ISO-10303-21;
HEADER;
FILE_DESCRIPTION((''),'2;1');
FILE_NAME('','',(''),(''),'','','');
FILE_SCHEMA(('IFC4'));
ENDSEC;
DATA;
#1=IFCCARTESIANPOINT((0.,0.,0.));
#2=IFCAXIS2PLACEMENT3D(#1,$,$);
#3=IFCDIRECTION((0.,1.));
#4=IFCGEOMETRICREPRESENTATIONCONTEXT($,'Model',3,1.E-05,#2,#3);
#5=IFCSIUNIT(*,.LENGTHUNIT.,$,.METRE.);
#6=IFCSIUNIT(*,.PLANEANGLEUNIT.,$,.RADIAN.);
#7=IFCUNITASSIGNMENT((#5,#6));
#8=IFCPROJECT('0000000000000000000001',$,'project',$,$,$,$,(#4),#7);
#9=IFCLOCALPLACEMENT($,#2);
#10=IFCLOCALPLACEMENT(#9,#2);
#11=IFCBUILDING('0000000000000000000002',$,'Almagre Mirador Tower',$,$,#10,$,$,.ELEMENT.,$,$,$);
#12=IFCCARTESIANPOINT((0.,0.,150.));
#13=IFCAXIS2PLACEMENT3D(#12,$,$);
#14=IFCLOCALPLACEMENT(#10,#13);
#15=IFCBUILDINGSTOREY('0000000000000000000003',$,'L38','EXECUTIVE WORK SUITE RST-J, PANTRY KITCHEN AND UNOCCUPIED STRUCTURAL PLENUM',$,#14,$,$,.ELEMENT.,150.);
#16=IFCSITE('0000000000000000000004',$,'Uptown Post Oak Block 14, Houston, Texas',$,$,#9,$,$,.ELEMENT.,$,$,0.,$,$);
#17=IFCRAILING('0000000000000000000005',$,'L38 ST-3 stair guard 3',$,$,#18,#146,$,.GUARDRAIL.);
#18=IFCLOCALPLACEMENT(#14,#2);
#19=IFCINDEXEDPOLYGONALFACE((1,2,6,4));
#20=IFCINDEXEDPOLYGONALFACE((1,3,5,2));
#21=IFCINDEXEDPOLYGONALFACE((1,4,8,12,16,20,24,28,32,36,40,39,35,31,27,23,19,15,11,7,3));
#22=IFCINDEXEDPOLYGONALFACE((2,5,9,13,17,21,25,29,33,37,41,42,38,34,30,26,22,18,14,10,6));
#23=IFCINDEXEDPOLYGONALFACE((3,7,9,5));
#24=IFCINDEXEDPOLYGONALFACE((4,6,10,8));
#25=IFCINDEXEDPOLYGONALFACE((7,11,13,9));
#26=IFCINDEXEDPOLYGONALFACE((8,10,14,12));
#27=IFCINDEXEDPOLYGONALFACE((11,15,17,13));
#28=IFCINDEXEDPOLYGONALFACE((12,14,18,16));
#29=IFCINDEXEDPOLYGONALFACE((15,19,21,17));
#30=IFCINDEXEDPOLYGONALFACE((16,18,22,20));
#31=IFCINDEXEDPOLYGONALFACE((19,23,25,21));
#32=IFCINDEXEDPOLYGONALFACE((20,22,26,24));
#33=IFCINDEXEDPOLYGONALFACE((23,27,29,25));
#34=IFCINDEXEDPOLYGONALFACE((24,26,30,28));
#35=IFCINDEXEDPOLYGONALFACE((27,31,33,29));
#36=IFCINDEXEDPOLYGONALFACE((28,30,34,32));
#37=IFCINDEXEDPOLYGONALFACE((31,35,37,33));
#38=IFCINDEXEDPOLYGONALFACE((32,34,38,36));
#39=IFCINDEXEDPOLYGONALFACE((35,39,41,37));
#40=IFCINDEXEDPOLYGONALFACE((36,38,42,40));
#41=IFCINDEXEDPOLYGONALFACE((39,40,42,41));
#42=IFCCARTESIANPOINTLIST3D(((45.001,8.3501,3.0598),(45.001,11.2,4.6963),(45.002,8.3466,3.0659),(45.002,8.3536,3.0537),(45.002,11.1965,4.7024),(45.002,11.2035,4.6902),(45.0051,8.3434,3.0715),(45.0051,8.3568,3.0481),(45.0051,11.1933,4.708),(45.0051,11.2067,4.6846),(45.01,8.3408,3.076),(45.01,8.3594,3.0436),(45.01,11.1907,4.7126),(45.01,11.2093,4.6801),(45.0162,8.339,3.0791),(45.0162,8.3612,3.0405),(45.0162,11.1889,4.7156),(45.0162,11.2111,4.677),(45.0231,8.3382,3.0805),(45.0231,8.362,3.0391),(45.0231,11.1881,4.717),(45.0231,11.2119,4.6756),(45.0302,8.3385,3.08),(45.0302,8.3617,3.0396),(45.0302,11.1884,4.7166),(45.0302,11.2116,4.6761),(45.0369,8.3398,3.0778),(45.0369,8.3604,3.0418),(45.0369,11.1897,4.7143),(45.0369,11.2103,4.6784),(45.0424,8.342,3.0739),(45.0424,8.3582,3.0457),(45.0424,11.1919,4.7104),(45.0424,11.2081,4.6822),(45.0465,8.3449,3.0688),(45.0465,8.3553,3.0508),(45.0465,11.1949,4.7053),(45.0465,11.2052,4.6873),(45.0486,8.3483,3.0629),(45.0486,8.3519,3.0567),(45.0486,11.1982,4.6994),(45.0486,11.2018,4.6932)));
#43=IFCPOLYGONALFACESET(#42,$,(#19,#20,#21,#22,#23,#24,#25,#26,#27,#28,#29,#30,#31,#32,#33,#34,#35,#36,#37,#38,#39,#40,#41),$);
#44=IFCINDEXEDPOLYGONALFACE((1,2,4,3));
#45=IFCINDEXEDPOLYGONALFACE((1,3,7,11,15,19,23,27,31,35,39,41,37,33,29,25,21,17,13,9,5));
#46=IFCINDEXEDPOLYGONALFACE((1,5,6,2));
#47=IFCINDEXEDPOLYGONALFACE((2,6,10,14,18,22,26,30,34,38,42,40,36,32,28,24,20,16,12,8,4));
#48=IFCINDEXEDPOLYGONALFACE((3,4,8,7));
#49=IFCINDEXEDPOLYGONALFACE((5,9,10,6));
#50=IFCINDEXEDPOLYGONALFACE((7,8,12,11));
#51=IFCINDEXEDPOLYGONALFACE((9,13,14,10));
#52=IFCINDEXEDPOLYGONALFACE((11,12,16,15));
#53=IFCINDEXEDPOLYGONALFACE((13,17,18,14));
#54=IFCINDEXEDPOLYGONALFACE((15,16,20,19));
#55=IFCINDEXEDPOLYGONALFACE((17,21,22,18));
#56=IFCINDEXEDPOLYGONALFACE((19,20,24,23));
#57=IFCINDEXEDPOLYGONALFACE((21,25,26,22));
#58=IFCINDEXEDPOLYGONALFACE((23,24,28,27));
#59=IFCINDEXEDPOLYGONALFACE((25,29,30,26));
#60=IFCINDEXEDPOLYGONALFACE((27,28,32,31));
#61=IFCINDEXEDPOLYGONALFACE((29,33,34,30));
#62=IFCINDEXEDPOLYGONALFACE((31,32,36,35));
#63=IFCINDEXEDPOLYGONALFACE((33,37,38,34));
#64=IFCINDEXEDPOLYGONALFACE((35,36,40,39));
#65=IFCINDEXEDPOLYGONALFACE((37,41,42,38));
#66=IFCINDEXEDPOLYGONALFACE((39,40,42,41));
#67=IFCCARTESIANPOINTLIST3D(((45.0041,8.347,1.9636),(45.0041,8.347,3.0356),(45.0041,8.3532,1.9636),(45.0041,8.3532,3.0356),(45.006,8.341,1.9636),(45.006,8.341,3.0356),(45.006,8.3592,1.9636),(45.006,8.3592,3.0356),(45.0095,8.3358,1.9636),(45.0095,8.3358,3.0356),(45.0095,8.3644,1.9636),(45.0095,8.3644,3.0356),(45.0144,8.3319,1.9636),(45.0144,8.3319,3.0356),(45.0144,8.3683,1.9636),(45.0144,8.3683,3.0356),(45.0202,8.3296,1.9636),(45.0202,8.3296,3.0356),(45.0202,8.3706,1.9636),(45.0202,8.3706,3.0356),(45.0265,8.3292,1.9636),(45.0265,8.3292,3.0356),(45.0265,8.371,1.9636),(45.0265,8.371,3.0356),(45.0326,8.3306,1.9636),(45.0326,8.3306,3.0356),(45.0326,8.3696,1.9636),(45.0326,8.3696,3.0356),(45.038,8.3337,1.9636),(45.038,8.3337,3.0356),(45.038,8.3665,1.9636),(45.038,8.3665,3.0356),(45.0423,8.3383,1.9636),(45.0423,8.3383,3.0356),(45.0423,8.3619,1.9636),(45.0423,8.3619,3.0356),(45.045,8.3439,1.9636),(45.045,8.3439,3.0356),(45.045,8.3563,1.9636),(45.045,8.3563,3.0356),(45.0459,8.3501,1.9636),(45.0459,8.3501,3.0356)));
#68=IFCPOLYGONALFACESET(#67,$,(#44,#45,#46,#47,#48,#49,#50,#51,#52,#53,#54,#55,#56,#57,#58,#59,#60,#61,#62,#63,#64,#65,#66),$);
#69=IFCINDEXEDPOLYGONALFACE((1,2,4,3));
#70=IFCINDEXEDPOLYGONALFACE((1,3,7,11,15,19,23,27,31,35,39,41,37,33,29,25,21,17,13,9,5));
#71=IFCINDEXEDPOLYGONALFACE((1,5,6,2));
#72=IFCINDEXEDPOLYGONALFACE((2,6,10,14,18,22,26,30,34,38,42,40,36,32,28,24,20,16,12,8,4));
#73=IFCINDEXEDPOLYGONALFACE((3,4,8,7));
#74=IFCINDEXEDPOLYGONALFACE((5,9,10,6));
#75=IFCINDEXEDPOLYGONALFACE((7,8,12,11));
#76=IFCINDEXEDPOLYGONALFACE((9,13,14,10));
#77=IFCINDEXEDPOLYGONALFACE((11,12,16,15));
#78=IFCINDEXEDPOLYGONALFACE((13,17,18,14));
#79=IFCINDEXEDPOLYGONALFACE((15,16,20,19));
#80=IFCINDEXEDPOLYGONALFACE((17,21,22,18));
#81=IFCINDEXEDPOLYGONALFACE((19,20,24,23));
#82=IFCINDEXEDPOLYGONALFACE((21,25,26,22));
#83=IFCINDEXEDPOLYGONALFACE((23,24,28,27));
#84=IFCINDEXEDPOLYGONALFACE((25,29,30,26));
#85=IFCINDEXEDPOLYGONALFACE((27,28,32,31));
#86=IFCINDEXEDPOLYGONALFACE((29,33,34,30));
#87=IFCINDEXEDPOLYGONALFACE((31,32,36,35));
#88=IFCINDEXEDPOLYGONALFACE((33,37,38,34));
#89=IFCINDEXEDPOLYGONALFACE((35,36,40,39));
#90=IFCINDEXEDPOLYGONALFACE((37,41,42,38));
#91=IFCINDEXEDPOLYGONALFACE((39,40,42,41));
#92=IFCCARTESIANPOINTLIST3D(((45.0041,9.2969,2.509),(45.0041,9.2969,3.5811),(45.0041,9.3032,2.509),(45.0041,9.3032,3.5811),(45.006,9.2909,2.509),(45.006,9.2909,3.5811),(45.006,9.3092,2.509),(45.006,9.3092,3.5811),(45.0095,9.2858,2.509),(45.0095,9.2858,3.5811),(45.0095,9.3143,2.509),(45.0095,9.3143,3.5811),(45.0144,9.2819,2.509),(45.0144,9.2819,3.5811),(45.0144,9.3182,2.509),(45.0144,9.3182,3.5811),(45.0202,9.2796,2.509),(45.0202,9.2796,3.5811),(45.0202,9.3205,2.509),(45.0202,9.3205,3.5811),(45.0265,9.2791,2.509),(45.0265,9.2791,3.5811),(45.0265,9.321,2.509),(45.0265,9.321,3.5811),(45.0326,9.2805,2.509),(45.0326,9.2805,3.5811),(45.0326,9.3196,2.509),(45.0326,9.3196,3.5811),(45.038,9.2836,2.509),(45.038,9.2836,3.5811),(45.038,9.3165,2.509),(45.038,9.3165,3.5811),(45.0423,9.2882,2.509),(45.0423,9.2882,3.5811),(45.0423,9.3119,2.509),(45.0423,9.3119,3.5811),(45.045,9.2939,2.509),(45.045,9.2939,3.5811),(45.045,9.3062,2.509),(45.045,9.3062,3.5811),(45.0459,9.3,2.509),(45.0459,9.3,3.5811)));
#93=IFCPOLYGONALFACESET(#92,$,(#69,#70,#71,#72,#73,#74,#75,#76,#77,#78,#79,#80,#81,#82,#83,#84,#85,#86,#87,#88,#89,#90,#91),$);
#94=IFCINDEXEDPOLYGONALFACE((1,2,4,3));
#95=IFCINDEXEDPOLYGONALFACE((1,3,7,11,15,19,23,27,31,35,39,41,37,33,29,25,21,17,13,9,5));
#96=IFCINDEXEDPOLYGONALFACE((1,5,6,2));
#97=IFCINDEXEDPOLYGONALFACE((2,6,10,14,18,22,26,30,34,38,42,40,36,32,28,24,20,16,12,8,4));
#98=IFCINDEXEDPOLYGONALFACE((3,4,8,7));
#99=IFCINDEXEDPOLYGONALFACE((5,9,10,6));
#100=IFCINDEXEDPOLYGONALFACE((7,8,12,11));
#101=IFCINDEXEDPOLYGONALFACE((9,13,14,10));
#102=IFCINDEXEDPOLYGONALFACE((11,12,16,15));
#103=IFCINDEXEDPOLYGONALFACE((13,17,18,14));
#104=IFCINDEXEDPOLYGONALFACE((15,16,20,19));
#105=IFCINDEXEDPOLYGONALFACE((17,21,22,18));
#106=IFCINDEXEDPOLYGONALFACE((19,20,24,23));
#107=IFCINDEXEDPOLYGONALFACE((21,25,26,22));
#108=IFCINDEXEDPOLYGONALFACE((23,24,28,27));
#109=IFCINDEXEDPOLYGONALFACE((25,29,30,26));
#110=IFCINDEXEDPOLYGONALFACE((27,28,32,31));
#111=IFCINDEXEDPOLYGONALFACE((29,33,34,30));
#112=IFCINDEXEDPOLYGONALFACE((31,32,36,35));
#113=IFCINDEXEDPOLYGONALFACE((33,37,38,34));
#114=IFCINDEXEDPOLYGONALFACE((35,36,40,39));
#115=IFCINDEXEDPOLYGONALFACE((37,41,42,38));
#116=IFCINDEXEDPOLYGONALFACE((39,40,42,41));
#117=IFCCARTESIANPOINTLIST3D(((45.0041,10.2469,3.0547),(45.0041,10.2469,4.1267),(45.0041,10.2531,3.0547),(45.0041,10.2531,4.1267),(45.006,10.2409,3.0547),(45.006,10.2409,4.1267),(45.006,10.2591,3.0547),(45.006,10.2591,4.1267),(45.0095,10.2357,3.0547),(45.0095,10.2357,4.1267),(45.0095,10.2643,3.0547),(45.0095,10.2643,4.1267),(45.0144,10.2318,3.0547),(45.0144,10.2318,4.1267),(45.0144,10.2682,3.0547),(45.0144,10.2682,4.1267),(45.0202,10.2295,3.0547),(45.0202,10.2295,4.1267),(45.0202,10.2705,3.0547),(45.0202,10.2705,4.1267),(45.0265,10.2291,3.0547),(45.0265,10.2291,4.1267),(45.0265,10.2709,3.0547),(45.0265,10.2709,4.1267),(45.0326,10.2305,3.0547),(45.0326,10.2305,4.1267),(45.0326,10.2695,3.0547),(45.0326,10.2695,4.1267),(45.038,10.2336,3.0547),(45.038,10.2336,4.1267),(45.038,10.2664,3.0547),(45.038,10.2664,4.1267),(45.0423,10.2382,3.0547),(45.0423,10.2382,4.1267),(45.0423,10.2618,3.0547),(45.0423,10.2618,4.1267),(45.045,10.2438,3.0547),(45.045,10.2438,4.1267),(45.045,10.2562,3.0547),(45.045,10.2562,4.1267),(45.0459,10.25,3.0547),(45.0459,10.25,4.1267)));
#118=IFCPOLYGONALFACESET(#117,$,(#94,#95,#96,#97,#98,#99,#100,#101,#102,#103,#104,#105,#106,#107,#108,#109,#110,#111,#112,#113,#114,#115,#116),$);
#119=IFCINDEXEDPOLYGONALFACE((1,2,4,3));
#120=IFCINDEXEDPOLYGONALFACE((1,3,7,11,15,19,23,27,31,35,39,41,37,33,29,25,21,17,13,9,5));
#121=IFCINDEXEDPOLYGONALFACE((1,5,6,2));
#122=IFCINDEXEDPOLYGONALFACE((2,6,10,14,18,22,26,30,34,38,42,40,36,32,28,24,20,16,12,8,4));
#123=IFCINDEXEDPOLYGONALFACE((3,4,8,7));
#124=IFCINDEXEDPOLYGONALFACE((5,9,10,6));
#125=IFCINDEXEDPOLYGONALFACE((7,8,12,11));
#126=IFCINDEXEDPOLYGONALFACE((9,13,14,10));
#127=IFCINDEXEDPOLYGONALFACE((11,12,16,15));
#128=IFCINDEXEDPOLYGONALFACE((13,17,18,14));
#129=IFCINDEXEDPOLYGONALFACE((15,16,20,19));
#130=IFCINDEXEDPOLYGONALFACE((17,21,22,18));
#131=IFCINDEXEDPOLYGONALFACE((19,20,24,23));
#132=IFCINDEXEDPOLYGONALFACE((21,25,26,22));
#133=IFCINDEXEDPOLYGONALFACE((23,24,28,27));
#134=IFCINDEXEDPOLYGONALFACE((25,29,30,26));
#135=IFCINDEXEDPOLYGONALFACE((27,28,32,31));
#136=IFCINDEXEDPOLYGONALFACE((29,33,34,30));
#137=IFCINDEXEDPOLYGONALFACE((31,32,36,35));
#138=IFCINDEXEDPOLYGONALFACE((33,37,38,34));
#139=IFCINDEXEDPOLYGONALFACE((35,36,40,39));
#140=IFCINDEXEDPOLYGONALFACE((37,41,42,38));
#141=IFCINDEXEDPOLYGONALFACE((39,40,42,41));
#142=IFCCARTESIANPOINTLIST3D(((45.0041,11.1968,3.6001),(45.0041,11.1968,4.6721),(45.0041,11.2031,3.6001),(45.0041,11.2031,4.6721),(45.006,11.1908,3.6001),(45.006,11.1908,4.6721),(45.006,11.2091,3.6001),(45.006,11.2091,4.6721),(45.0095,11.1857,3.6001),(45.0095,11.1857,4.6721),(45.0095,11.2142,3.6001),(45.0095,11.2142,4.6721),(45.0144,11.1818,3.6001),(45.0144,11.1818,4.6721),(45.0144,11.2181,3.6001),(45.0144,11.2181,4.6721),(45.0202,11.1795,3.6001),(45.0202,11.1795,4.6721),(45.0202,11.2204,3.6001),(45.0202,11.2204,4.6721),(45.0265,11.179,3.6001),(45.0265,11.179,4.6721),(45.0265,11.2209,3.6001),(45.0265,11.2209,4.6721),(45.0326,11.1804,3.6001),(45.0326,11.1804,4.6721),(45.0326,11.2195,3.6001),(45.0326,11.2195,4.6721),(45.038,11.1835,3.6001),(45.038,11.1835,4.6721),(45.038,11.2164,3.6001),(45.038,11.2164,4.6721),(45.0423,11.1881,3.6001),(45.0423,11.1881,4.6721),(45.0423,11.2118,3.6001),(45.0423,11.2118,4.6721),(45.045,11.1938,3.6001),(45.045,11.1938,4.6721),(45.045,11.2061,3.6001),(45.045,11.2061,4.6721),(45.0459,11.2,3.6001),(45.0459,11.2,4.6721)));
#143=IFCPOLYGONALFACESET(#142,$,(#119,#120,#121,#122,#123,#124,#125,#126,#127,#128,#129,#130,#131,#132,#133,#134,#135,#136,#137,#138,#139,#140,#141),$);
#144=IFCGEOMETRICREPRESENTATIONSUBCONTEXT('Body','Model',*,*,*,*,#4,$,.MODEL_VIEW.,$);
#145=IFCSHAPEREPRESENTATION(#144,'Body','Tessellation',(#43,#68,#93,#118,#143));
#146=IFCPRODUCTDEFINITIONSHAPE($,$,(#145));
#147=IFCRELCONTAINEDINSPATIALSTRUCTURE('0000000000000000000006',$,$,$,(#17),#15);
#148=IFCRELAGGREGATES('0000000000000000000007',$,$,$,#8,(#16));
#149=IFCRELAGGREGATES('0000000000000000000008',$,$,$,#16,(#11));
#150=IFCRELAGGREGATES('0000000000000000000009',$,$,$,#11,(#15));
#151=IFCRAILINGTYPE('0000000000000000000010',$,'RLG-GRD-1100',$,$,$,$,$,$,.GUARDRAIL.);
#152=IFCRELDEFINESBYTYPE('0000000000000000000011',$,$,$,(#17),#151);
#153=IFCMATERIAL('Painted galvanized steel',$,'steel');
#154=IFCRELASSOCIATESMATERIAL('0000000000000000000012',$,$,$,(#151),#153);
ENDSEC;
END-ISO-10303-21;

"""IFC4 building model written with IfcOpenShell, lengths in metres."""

from ifc_helpers import new_model, si_unit, direction, frame, origin, origin_2d, place, context, subcontext, project, spatial, circle, extrude, material, type_object, element, save


model = new_model("IFC4")

# Units and contexts
model_context = context("Model", 3, precision=1e-05, world=origin(), true_north=direction((0.0, 1.0)))
body_context = subcontext(model_context, "Body", "Model", "MODEL_VIEW")
ifc_project = project(units=[si_unit("LENGTHUNIT", "METRE"), si_unit("PLANEANGLEUNIT", "RADIAN")], contexts=[model_context])

# Site, building, storey
site_placement = place(None, origin())
site = spatial("IfcSite", under=ifc_project, at=site_placement, Name="Uptown Post Oak Block 14, Houston, Texas", CompositionType="ELEMENT", RefElevation=0.0)
building_placement = place(site_placement, origin())
building = spatial("IfcBuilding", under=site, at=building_placement, Name="Almagre Mirador Tower", CompositionType="ELEMENT")
storey_placement = place(building_placement, frame((0.0, 0.0, 150.0)))
storey = spatial("IfcBuildingStorey", under=building, at=storey_placement, Name="L38", Description="EXECUTIVE WORK SUITE RST-J, PANTRY KITCHEN AND UNOCCUPIED STRUCTURAL PLENUM", CompositionType="ELEMENT", Elevation=150.0)

# Railing
ifc_material_1 = material(Name="Painted galvanized steel", Category="steel")
railing_type_1 = type_object("IfcRailingType", Name="RLG-GRD-1100", PredefinedType="GUARDRAIL", material=ifc_material_1)
railing_1_placement = place(storey_placement, frame((45.0249, 8.3501, 1.9636)))
element("IfcRailing", 1, at=railing_1_placement, inside=storey, type_object=railing_type_1, Name="L38 ST-3 stair guard 3", PredefinedType="GUARDRAIL", context=body_context, shape_type="SweptSolid", body=[
    extrude(circle(Radius=0.0239, at=origin_2d()), frame((0.0, 0.0, 1.0962), z_axis=(0.0, 0.867194, 0.49797), x_axis=(-1.0, 0.0, 0.0)), (0.0, 0.0, 1.0), 3.2864),
    extrude(circle(Radius=0.021, at=origin_2d()), origin(), (0.0, 0.0, 1.0), 1.072),
    extrude(circle(Radius=0.021, at=origin_2d()), frame((0.0, 0.95, 0.5454)), (0.0, 0.0, 1.0), 1.072),
    extrude(circle(Radius=0.021, at=origin_2d()), frame((0.0, 1.8999, 1.0911)), (0.0, 0.0, 1.0), 1.072),
    extrude(circle(Radius=0.021, at=origin_2d()), frame((0.0, 2.8499, 1.6365)), (0.0, 0.0, 1.0), 1.072),
])

save(model, "model.ifc")
